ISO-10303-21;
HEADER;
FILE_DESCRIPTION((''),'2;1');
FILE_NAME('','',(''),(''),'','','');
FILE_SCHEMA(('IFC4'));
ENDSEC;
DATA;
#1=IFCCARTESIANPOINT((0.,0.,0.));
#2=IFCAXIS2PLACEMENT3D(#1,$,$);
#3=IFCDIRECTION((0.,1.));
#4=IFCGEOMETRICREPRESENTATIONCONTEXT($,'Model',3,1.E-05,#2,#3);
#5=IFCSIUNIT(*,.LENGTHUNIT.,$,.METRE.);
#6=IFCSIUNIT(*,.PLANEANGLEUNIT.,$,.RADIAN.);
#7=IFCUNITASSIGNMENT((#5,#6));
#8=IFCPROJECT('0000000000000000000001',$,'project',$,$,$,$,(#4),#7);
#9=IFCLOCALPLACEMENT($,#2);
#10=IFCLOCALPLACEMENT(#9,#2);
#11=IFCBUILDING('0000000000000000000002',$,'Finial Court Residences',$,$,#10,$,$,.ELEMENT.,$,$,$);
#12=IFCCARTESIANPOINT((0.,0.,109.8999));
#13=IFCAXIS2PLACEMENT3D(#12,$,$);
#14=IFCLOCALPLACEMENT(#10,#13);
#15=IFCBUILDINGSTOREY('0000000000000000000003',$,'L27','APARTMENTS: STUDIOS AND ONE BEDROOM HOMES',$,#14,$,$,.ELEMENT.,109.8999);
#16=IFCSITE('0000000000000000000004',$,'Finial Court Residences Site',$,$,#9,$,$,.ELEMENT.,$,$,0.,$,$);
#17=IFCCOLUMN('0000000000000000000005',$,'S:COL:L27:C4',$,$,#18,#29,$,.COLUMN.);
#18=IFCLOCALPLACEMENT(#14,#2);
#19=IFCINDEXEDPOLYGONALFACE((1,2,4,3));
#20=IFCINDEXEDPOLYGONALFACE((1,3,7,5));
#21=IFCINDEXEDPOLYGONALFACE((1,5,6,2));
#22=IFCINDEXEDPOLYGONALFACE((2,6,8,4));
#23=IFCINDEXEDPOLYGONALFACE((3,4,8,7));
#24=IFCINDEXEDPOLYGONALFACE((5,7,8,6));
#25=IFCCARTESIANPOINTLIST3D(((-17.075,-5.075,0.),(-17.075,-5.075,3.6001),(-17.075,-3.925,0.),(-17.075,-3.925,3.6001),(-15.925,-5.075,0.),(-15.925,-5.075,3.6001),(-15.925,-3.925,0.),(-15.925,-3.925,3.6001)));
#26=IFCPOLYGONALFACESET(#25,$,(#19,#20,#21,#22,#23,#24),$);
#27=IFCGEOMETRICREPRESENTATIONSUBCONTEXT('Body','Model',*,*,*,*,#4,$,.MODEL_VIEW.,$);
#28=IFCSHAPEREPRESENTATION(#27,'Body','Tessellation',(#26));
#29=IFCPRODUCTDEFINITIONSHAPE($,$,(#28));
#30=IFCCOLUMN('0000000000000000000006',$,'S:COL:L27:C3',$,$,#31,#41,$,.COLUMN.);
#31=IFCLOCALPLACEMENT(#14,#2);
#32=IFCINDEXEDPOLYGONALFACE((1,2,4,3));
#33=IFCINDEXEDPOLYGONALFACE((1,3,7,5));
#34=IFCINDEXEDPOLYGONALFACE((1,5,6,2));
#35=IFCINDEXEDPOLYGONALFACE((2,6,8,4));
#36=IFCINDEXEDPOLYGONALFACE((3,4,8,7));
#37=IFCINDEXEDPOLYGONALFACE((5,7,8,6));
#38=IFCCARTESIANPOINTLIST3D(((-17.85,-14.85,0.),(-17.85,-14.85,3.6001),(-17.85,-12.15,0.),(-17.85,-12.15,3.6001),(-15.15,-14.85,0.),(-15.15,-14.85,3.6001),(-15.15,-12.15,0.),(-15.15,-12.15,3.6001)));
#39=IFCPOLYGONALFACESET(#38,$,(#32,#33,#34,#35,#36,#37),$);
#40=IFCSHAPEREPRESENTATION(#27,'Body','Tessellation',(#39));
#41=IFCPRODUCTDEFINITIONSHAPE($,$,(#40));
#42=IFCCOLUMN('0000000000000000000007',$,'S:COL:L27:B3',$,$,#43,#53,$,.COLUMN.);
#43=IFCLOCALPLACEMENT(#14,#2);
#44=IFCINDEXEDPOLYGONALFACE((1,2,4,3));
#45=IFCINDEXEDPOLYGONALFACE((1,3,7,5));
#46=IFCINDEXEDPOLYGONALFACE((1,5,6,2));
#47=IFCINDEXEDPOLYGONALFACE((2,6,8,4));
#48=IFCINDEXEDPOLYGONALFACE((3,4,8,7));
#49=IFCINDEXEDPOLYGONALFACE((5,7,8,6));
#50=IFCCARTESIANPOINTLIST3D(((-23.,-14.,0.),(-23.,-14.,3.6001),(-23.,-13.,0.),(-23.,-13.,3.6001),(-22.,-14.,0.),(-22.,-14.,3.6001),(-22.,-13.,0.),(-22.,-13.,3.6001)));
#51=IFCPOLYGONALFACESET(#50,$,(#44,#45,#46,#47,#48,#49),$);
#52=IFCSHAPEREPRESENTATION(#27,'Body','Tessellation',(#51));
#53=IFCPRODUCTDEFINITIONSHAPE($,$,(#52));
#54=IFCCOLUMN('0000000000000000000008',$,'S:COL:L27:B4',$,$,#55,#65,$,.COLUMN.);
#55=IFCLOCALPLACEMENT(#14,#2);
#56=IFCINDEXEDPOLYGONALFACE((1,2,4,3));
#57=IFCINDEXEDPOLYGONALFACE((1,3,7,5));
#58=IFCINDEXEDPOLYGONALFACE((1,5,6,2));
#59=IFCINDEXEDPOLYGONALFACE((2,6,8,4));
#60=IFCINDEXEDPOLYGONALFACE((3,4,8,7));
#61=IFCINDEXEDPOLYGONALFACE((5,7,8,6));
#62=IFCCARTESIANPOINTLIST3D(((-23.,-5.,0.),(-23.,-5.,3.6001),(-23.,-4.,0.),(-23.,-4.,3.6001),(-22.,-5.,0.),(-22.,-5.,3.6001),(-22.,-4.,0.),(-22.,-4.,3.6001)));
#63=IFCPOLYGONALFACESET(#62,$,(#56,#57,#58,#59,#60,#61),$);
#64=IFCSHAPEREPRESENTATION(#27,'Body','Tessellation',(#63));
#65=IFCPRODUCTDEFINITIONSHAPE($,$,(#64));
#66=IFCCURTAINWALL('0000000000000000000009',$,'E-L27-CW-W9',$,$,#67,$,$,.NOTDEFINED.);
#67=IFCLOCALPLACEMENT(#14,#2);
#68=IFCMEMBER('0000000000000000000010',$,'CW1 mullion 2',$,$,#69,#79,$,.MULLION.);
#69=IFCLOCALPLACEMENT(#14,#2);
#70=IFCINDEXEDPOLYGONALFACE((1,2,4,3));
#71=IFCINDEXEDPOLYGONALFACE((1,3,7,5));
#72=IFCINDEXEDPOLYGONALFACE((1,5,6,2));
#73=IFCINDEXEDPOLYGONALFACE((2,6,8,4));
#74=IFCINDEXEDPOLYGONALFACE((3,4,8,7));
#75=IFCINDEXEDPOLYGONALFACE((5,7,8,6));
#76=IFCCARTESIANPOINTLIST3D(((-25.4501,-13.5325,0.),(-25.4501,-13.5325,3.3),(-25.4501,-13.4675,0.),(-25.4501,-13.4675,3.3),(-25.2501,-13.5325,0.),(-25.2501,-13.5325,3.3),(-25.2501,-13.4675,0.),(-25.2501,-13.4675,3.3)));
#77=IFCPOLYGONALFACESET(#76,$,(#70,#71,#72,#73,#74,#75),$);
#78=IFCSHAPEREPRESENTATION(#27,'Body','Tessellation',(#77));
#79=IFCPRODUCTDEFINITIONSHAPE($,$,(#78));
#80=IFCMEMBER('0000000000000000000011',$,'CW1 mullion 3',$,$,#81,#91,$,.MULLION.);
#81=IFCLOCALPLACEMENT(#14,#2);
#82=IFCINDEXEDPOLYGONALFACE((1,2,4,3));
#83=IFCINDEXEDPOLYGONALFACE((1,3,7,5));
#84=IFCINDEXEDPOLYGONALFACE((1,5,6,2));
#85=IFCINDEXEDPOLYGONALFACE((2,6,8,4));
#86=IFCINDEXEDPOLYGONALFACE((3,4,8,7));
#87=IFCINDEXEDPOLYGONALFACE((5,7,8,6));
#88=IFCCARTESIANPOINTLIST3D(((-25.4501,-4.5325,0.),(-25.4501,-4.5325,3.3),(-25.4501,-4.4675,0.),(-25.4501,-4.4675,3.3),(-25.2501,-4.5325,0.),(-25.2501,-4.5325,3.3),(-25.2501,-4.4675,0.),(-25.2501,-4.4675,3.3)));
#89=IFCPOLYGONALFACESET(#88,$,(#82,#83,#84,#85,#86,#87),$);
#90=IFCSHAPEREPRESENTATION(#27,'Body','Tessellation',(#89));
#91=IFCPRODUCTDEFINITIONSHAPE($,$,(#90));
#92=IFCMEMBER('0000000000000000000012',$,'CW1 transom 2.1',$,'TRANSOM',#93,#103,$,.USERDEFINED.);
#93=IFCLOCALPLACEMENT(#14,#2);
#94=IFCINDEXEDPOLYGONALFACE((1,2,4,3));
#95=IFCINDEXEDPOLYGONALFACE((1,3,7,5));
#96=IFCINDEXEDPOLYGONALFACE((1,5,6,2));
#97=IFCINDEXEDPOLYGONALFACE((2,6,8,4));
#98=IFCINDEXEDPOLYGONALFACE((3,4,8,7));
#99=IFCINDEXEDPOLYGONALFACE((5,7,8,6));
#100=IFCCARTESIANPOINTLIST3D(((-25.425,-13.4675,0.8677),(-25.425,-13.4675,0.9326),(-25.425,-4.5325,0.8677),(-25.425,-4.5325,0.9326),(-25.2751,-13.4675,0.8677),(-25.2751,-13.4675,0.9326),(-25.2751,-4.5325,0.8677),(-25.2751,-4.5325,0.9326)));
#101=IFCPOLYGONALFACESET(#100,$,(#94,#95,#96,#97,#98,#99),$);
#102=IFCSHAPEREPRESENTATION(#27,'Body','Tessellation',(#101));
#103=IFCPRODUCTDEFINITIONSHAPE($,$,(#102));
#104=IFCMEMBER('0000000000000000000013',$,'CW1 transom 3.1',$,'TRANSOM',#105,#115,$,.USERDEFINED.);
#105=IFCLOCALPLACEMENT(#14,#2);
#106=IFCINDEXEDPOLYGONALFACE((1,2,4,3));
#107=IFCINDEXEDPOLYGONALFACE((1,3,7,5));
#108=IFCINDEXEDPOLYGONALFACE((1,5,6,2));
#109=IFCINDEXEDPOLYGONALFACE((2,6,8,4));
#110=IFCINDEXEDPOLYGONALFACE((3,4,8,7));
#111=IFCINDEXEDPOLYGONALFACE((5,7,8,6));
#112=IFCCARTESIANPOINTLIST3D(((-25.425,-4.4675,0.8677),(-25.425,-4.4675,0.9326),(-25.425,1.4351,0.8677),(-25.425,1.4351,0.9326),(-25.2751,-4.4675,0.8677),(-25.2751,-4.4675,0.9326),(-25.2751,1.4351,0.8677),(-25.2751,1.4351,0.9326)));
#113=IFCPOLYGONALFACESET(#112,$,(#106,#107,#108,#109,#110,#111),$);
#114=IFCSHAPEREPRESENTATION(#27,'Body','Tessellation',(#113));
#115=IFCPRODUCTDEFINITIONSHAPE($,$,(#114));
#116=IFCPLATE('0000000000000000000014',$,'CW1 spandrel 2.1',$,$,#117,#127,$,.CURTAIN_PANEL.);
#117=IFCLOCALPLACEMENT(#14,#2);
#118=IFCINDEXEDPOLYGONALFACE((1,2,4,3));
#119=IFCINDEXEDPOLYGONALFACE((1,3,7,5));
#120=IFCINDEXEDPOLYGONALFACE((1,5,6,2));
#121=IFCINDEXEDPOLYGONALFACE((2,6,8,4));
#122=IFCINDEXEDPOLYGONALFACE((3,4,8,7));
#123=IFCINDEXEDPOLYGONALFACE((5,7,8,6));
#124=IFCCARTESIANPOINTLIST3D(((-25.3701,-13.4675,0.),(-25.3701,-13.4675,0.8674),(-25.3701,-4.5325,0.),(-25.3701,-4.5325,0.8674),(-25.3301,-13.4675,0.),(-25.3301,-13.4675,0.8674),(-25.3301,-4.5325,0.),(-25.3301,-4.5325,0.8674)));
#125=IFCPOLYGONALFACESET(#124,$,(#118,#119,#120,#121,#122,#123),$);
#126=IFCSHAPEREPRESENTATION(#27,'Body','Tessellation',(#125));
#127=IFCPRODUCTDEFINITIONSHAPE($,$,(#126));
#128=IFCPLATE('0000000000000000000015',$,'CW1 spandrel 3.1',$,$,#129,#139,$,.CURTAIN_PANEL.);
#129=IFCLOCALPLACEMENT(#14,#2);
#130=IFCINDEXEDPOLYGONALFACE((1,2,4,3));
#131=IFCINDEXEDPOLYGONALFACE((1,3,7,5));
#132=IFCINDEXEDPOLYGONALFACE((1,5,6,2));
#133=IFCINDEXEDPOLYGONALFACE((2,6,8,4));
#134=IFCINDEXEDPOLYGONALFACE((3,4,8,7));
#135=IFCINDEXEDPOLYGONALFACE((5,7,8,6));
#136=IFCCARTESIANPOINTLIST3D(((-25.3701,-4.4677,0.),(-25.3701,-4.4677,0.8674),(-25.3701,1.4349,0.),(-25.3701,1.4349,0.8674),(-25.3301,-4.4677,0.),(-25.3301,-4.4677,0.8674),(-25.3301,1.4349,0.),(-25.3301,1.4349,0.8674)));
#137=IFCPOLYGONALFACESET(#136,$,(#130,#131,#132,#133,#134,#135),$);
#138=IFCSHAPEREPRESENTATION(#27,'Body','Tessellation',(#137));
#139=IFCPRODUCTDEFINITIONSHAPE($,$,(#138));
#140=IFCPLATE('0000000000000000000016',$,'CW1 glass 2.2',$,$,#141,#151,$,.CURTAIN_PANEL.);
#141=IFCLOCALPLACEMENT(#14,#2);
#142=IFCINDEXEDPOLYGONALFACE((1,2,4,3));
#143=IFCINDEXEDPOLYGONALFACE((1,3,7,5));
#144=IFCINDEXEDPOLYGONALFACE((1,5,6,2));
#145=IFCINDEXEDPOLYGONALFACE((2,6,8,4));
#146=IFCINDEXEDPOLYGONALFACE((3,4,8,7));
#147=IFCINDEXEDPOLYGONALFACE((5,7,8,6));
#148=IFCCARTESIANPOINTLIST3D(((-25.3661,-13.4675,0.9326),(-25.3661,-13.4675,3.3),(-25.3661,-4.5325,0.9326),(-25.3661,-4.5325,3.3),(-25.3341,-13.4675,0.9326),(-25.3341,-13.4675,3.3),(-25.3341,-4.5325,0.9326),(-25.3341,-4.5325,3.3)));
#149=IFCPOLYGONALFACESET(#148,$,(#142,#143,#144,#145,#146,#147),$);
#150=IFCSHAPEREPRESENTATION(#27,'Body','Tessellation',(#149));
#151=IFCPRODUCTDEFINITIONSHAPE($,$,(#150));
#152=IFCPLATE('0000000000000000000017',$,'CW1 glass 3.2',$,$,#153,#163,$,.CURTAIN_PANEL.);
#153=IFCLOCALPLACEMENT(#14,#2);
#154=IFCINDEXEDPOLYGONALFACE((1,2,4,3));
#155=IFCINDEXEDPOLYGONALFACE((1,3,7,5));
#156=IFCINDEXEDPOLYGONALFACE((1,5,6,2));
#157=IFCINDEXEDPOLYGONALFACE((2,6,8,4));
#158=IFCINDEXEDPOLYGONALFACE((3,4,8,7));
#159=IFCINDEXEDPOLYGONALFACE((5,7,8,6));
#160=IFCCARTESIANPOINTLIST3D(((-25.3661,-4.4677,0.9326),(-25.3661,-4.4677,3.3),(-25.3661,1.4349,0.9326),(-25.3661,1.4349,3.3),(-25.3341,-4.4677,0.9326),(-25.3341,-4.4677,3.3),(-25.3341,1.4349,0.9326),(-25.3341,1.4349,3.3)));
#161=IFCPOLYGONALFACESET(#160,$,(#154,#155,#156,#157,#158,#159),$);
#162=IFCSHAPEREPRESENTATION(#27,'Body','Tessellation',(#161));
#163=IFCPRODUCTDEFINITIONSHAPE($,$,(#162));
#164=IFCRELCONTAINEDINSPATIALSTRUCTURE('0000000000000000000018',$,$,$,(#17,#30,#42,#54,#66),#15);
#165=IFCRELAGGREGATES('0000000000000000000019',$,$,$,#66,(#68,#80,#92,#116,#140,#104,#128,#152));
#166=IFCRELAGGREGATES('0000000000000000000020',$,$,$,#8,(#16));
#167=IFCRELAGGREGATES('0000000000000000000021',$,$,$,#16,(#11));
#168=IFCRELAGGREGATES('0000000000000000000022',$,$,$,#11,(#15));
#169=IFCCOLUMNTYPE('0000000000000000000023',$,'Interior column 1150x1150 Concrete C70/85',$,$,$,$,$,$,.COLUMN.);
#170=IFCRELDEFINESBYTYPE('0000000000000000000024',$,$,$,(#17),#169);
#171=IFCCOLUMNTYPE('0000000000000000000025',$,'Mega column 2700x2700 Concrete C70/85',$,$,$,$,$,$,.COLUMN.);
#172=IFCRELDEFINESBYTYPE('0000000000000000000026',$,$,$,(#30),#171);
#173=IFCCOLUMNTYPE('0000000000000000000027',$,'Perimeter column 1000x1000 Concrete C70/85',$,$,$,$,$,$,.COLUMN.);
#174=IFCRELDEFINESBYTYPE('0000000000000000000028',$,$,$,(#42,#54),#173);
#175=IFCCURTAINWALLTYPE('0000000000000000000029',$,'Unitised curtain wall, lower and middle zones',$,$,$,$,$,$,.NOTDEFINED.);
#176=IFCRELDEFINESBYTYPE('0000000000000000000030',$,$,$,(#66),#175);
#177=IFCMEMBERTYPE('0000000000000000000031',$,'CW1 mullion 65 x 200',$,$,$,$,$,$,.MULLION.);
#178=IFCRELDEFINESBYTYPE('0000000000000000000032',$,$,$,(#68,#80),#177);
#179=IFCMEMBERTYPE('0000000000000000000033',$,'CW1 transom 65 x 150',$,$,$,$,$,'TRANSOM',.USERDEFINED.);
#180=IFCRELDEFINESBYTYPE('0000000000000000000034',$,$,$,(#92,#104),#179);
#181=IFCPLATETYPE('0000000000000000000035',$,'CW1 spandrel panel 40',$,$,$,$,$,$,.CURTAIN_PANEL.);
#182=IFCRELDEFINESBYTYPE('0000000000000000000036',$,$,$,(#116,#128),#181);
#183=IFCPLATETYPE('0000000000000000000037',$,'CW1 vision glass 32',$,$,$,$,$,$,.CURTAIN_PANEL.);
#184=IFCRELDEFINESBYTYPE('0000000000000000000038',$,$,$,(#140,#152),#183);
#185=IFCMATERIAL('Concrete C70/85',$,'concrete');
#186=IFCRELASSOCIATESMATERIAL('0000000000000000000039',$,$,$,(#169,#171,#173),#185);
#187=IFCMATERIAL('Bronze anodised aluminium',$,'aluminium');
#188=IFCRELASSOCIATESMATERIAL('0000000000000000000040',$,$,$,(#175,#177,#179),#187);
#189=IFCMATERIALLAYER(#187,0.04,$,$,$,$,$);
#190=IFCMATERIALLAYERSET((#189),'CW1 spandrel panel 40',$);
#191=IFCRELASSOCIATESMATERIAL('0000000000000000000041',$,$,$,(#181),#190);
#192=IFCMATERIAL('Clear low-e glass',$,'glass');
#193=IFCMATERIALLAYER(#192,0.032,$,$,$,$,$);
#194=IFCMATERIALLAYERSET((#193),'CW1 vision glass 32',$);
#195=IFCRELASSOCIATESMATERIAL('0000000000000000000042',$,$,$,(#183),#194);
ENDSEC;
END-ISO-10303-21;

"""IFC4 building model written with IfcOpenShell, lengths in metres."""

from ifc_helpers import new_model, si_unit, direction, frame, origin, origin_2d, place, context, subcontext, project, spatial, rectangle, extrude, material, layer, layer_set, material_profile, profile_set, type_object, element, aggregate, save


model = new_model("IFC4")

# Units and contexts
model_context = context("Model", 3, precision=1e-05, world=origin(), true_north=direction((0.0, 1.0)))
body_context = subcontext(model_context, "Body", "Model", "MODEL_VIEW")
ifc_project = project(units=[si_unit("LENGTHUNIT", "METRE"), si_unit("PLANEANGLEUNIT", "RADIAN")], contexts=[model_context])

# Site, building, storey
site_placement = place(None, origin())
site = spatial("IfcSite", under=ifc_project, at=site_placement, Name="Finial Court Residences Site", CompositionType="ELEMENT", RefElevation=0.0)
building_placement = place(site_placement, origin())
building = spatial("IfcBuilding", under=site, at=building_placement, Name="Finial Court Residences", CompositionType="ELEMENT")
storey_placement = place(building_placement, frame((0.0, 0.0, 109.8999)))
storey = spatial("IfcBuildingStorey", under=building, at=storey_placement, Name="L27", Description="APARTMENTS: STUDIOS AND ONE BEDROOM HOMES", CompositionType="ELEMENT", Elevation=109.8999)

# Columns
ifc_material_1 = material(Name="Concrete C70/85", Category="concrete")
ifc_material_profile_1 = material_profile(ifc_material_1, rectangle(XDim=1.1499, YDim=1.1499, at=origin_2d()), Name="1150x1150")
ifc_profile_set_1 = profile_set([ifc_material_profile_1], Name="Concrete C70/85")
column_type_1 = type_object("IfcColumnType", Name="Interior column 1150x1150 Concrete C70/85", PredefinedType="COLUMN", material=ifc_profile_set_1)
column_1_placement = place(storey_placement, frame((-16.5, -4.5, 0.0), z_axis=(0.0, 0.0, 1.0), x_axis=(1.0, 0.0, 0.0)))
element("IfcColumn", 1, at=column_1_placement, inside=storey, type_object=column_type_1, Name="S:COL:L27:C4", PredefinedType="COLUMN", context=body_context, shape_type="SweptSolid", body=[
    extrude(rectangle(XDim=1.1499, YDim=1.1499, at=origin_2d()), origin(), (0.0, 0.0, 1.0), 3.6001),
])
ifc_material_profile_2 = material_profile(ifc_material_1, rectangle(XDim=2.7, YDim=2.7, at=origin_2d()), Name="2700x2700")
ifc_profile_set_2 = profile_set([ifc_material_profile_2], Name="Concrete C70/85")
column_type_2 = type_object("IfcColumnType", Name="Mega column 2700x2700 Concrete C70/85", PredefinedType="COLUMN", material=ifc_profile_set_2)
column_2_placement = place(storey_placement, frame((-16.5, -13.5, 0.0), z_axis=(0.0, 0.0, 1.0), x_axis=(1.0, 0.0, 0.0)))
element("IfcColumn", 2, at=column_2_placement, inside=storey, type_object=column_type_2, Name="S:COL:L27:C3", PredefinedType="COLUMN", context=body_context, shape_type="SweptSolid", body=[
    extrude(rectangle(XDim=2.7, YDim=2.7, at=origin_2d()), origin(), (0.0, 0.0, 1.0), 3.6001),
])
ifc_material_profile_3 = material_profile(ifc_material_1, rectangle(XDim=1.0, YDim=1.0, at=origin_2d()), Name="1000x1000")
ifc_profile_set_3 = profile_set([ifc_material_profile_3], Name="Concrete C70/85")
column_type_3 = type_object("IfcColumnType", Name="Perimeter column 1000x1000 Concrete C70/85", PredefinedType="COLUMN", material=ifc_profile_set_3)
for number, where, z_axis, x_axis, name in (
    (3, (-22.5, -13.5, 0.0), (0.0, 0.0, 1.0), (1.0, 0.0, 0.0), "S:COL:L27:B3"),
    (4, (-22.5, -4.5, 0.0), (0.0, 0.0, 1.0), (1.0, 0.0, 0.0), "S:COL:L27:B4"),
):
    element("IfcColumn", number, at=place(storey_placement, frame(where, z_axis=z_axis, x_axis=x_axis)), inside=storey, type_object=column_type_3, Name=name, PredefinedType="COLUMN", context=body_context, shape_type="SweptSolid", body=[
        extrude(rectangle(XDim=1.0, YDim=1.0, at=origin_2d()), origin(), (0.0, 0.0, 1.0), 3.6001),
    ])

# Curtain wall, members, plates
ifc_material_2 = material(Name="Bronze anodised aluminium", Category="aluminium")
curtain_wall_type = type_object("IfcCurtainWallType", Name="Unitised curtain wall, lower and middle zones", PredefinedType="NOTDEFINED", material=ifc_material_2)
curtain_wall_placement = place(storey_placement, origin())
curtain_wall = element("IfcCurtainWall", 5, at=curtain_wall_placement, inside=storey, type_object=curtain_wall_type, Name="E-L27-CW-W9", PredefinedType="NOTDEFINED")
ifc_material_profile_4 = material_profile(ifc_material_2, rectangle(XDim=0.2, YDim=0.0649, at=origin_2d()), Name="CW1 mullion 65 x 200")
ifc_profile_set_4 = profile_set([ifc_material_profile_4], Name="Bronze anodised aluminium")
member_type_1 = type_object("IfcMemberType", Name="CW1 mullion 65 x 200", PredefinedType="MULLION", material=ifc_profile_set_4)
member_1_placement = place(storey_placement, frame((-25.3501, -13.5, 0.0), z_axis=(0.0, 0.0, 1.0), x_axis=(-1.0, 0.0, 0.0)))
member_1 = element("IfcMember", 6, at=member_1_placement, type_object=member_type_1, Name="CW1 mullion 2", PredefinedType="MULLION", context=body_context, shape_type="SweptSolid", body=[
    extrude(rectangle(XDim=0.2, YDim=0.0649, at=origin_2d()), origin(), (0.0, 0.0, 1.0), 3.3),
])
member_2_placement = place(storey_placement, frame((-25.3501, -4.5, 0.0), z_axis=(0.0, 0.0, 1.0), x_axis=(-1.0, 0.0, 0.0)))
member_2 = element("IfcMember", 7, at=member_2_placement, type_object=member_type_1, Name="CW1 mullion 3", PredefinedType="MULLION", context=body_context, shape_type="SweptSolid", body=[
    extrude(rectangle(XDim=0.2, YDim=0.0649, at=origin_2d()), origin(), (0.0, 0.0, 1.0), 3.3),
])
ifc_material_profile_5 = material_profile(ifc_material_2, rectangle(XDim=0.1499, YDim=0.0649, at=origin_2d()), Name="CW1 transom 65 x 150")
ifc_profile_set_5 = profile_set([ifc_material_profile_5], Name="Bronze anodised aluminium")
member_type_2 = type_object("IfcMemberType", Name="CW1 transom 65 x 150", ElementType="TRANSOM", PredefinedType="USERDEFINED", material=ifc_profile_set_5)
member_3_placement = place(storey_placement, frame((-25.3501, -13.4675, 0.9001), z_axis=(0.0, 1.0, 0.0), x_axis=(-1.0, 0.0, 0.0)))
member_3 = element("IfcMember", 8, at=member_3_placement, type_object=member_type_2, Name="CW1 transom 2.1", ObjectType="TRANSOM", PredefinedType="USERDEFINED", context=body_context, shape_type="SweptSolid", body=[
    extrude(rectangle(XDim=0.1499, YDim=0.0649, at=origin_2d()), origin(), (0.0, 0.0, 1.0), 8.9351),
])
member_4_placement = place(storey_placement, frame((-25.3501, -4.4675, 0.9001), z_axis=(0.0, 1.0, 0.0), x_axis=(-1.0, 0.0, 0.0)))
member_4 = element("IfcMember", 9, at=member_4_placement, type_object=member_type_2, Name="CW1 transom 3.1", ObjectType="TRANSOM", PredefinedType="USERDEFINED", context=body_context, shape_type="SweptSolid", body=[
    extrude(rectangle(XDim=0.1499, YDim=0.0649, at=origin_2d()), origin(), (0.0, 0.0, 1.0), 5.9026),
])
ifc_layer_1 = layer(ifc_material_2, 0.04)
ifc_layer_set_1 = layer_set([ifc_layer_1], Name="CW1 spandrel panel 40")
plate_type_1 = type_object("IfcPlateType", Name="CW1 spandrel panel 40", PredefinedType="CURTAIN_PANEL", material=ifc_layer_set_1)
plate_1_placement = place(storey_placement, frame((-25.3501, -9.0, 0.0), z_axis=(0.0, 0.0, 1.0), x_axis=(0.0, 1.0, 0.0)))
plate_1 = element("IfcPlate", 10, at=plate_1_placement, type_object=plate_type_1, Name="CW1 spandrel 2.1", PredefinedType="CURTAIN_PANEL", context=body_context, shape_type="SweptSolid", body=[
    extrude(rectangle(XDim=8.9351, YDim=0.04, at=origin_2d()), origin(), (0.0, 0.0, 1.0), 0.8674),
])
plate_2_placement = place(storey_placement, frame((-25.3501, -1.5164, 0.0), z_axis=(0.0, 0.0, 1.0), x_axis=(0.0, 1.0, 0.0)))
plate_2 = element("IfcPlate", 11, at=plate_2_placement, type_object=plate_type_1, Name="CW1 spandrel 3.1", PredefinedType="CURTAIN_PANEL", context=body_context, shape_type="SweptSolid", body=[
    extrude(rectangle(XDim=5.9026, YDim=0.04, at=origin_2d()), origin(), (0.0, 0.0, 1.0), 0.8674),
])
ifc_material_3 = material(Name="Clear low-e glass", Category="glass")
ifc_layer_2 = layer(ifc_material_3, 0.032)
ifc_layer_set_2 = layer_set([ifc_layer_2], Name="CW1 vision glass 32")
plate_type_2 = type_object("IfcPlateType", Name="CW1 vision glass 32", PredefinedType="CURTAIN_PANEL", material=ifc_layer_set_2)
plate_3_placement = place(storey_placement, frame((-25.3501, -9.0, 0.9326), z_axis=(0.0, 0.0, 1.0), x_axis=(0.0, 1.0, 0.0)))
plate_3 = element("IfcPlate", 12, at=plate_3_placement, type_object=plate_type_2, Name="CW1 glass 2.2", PredefinedType="CURTAIN_PANEL", context=body_context, shape_type="SweptSolid", body=[
    extrude(rectangle(XDim=8.9351, YDim=0.032, at=origin_2d()), origin(), (0.0, 0.0, 1.0), 2.3674),
])
plate_4_placement = place(storey_placement, frame((-25.3501, -1.5164, 0.9326), z_axis=(0.0, 0.0, 1.0), x_axis=(0.0, 1.0, 0.0)))
plate_4 = element("IfcPlate", 13, at=plate_4_placement, type_object=plate_type_2, Name="CW1 glass 3.2", PredefinedType="CURTAIN_PANEL", context=body_context, shape_type="SweptSolid", body=[
    extrude(rectangle(XDim=5.9026, YDim=0.032, at=origin_2d()), origin(), (0.0, 0.0, 1.0), 2.3674),
])
aggregate(curtain_wall, [member_1, member_2, member_3, plate_1, plate_3, member_4, plate_2, plate_4])

save(model, "model.ifc")
